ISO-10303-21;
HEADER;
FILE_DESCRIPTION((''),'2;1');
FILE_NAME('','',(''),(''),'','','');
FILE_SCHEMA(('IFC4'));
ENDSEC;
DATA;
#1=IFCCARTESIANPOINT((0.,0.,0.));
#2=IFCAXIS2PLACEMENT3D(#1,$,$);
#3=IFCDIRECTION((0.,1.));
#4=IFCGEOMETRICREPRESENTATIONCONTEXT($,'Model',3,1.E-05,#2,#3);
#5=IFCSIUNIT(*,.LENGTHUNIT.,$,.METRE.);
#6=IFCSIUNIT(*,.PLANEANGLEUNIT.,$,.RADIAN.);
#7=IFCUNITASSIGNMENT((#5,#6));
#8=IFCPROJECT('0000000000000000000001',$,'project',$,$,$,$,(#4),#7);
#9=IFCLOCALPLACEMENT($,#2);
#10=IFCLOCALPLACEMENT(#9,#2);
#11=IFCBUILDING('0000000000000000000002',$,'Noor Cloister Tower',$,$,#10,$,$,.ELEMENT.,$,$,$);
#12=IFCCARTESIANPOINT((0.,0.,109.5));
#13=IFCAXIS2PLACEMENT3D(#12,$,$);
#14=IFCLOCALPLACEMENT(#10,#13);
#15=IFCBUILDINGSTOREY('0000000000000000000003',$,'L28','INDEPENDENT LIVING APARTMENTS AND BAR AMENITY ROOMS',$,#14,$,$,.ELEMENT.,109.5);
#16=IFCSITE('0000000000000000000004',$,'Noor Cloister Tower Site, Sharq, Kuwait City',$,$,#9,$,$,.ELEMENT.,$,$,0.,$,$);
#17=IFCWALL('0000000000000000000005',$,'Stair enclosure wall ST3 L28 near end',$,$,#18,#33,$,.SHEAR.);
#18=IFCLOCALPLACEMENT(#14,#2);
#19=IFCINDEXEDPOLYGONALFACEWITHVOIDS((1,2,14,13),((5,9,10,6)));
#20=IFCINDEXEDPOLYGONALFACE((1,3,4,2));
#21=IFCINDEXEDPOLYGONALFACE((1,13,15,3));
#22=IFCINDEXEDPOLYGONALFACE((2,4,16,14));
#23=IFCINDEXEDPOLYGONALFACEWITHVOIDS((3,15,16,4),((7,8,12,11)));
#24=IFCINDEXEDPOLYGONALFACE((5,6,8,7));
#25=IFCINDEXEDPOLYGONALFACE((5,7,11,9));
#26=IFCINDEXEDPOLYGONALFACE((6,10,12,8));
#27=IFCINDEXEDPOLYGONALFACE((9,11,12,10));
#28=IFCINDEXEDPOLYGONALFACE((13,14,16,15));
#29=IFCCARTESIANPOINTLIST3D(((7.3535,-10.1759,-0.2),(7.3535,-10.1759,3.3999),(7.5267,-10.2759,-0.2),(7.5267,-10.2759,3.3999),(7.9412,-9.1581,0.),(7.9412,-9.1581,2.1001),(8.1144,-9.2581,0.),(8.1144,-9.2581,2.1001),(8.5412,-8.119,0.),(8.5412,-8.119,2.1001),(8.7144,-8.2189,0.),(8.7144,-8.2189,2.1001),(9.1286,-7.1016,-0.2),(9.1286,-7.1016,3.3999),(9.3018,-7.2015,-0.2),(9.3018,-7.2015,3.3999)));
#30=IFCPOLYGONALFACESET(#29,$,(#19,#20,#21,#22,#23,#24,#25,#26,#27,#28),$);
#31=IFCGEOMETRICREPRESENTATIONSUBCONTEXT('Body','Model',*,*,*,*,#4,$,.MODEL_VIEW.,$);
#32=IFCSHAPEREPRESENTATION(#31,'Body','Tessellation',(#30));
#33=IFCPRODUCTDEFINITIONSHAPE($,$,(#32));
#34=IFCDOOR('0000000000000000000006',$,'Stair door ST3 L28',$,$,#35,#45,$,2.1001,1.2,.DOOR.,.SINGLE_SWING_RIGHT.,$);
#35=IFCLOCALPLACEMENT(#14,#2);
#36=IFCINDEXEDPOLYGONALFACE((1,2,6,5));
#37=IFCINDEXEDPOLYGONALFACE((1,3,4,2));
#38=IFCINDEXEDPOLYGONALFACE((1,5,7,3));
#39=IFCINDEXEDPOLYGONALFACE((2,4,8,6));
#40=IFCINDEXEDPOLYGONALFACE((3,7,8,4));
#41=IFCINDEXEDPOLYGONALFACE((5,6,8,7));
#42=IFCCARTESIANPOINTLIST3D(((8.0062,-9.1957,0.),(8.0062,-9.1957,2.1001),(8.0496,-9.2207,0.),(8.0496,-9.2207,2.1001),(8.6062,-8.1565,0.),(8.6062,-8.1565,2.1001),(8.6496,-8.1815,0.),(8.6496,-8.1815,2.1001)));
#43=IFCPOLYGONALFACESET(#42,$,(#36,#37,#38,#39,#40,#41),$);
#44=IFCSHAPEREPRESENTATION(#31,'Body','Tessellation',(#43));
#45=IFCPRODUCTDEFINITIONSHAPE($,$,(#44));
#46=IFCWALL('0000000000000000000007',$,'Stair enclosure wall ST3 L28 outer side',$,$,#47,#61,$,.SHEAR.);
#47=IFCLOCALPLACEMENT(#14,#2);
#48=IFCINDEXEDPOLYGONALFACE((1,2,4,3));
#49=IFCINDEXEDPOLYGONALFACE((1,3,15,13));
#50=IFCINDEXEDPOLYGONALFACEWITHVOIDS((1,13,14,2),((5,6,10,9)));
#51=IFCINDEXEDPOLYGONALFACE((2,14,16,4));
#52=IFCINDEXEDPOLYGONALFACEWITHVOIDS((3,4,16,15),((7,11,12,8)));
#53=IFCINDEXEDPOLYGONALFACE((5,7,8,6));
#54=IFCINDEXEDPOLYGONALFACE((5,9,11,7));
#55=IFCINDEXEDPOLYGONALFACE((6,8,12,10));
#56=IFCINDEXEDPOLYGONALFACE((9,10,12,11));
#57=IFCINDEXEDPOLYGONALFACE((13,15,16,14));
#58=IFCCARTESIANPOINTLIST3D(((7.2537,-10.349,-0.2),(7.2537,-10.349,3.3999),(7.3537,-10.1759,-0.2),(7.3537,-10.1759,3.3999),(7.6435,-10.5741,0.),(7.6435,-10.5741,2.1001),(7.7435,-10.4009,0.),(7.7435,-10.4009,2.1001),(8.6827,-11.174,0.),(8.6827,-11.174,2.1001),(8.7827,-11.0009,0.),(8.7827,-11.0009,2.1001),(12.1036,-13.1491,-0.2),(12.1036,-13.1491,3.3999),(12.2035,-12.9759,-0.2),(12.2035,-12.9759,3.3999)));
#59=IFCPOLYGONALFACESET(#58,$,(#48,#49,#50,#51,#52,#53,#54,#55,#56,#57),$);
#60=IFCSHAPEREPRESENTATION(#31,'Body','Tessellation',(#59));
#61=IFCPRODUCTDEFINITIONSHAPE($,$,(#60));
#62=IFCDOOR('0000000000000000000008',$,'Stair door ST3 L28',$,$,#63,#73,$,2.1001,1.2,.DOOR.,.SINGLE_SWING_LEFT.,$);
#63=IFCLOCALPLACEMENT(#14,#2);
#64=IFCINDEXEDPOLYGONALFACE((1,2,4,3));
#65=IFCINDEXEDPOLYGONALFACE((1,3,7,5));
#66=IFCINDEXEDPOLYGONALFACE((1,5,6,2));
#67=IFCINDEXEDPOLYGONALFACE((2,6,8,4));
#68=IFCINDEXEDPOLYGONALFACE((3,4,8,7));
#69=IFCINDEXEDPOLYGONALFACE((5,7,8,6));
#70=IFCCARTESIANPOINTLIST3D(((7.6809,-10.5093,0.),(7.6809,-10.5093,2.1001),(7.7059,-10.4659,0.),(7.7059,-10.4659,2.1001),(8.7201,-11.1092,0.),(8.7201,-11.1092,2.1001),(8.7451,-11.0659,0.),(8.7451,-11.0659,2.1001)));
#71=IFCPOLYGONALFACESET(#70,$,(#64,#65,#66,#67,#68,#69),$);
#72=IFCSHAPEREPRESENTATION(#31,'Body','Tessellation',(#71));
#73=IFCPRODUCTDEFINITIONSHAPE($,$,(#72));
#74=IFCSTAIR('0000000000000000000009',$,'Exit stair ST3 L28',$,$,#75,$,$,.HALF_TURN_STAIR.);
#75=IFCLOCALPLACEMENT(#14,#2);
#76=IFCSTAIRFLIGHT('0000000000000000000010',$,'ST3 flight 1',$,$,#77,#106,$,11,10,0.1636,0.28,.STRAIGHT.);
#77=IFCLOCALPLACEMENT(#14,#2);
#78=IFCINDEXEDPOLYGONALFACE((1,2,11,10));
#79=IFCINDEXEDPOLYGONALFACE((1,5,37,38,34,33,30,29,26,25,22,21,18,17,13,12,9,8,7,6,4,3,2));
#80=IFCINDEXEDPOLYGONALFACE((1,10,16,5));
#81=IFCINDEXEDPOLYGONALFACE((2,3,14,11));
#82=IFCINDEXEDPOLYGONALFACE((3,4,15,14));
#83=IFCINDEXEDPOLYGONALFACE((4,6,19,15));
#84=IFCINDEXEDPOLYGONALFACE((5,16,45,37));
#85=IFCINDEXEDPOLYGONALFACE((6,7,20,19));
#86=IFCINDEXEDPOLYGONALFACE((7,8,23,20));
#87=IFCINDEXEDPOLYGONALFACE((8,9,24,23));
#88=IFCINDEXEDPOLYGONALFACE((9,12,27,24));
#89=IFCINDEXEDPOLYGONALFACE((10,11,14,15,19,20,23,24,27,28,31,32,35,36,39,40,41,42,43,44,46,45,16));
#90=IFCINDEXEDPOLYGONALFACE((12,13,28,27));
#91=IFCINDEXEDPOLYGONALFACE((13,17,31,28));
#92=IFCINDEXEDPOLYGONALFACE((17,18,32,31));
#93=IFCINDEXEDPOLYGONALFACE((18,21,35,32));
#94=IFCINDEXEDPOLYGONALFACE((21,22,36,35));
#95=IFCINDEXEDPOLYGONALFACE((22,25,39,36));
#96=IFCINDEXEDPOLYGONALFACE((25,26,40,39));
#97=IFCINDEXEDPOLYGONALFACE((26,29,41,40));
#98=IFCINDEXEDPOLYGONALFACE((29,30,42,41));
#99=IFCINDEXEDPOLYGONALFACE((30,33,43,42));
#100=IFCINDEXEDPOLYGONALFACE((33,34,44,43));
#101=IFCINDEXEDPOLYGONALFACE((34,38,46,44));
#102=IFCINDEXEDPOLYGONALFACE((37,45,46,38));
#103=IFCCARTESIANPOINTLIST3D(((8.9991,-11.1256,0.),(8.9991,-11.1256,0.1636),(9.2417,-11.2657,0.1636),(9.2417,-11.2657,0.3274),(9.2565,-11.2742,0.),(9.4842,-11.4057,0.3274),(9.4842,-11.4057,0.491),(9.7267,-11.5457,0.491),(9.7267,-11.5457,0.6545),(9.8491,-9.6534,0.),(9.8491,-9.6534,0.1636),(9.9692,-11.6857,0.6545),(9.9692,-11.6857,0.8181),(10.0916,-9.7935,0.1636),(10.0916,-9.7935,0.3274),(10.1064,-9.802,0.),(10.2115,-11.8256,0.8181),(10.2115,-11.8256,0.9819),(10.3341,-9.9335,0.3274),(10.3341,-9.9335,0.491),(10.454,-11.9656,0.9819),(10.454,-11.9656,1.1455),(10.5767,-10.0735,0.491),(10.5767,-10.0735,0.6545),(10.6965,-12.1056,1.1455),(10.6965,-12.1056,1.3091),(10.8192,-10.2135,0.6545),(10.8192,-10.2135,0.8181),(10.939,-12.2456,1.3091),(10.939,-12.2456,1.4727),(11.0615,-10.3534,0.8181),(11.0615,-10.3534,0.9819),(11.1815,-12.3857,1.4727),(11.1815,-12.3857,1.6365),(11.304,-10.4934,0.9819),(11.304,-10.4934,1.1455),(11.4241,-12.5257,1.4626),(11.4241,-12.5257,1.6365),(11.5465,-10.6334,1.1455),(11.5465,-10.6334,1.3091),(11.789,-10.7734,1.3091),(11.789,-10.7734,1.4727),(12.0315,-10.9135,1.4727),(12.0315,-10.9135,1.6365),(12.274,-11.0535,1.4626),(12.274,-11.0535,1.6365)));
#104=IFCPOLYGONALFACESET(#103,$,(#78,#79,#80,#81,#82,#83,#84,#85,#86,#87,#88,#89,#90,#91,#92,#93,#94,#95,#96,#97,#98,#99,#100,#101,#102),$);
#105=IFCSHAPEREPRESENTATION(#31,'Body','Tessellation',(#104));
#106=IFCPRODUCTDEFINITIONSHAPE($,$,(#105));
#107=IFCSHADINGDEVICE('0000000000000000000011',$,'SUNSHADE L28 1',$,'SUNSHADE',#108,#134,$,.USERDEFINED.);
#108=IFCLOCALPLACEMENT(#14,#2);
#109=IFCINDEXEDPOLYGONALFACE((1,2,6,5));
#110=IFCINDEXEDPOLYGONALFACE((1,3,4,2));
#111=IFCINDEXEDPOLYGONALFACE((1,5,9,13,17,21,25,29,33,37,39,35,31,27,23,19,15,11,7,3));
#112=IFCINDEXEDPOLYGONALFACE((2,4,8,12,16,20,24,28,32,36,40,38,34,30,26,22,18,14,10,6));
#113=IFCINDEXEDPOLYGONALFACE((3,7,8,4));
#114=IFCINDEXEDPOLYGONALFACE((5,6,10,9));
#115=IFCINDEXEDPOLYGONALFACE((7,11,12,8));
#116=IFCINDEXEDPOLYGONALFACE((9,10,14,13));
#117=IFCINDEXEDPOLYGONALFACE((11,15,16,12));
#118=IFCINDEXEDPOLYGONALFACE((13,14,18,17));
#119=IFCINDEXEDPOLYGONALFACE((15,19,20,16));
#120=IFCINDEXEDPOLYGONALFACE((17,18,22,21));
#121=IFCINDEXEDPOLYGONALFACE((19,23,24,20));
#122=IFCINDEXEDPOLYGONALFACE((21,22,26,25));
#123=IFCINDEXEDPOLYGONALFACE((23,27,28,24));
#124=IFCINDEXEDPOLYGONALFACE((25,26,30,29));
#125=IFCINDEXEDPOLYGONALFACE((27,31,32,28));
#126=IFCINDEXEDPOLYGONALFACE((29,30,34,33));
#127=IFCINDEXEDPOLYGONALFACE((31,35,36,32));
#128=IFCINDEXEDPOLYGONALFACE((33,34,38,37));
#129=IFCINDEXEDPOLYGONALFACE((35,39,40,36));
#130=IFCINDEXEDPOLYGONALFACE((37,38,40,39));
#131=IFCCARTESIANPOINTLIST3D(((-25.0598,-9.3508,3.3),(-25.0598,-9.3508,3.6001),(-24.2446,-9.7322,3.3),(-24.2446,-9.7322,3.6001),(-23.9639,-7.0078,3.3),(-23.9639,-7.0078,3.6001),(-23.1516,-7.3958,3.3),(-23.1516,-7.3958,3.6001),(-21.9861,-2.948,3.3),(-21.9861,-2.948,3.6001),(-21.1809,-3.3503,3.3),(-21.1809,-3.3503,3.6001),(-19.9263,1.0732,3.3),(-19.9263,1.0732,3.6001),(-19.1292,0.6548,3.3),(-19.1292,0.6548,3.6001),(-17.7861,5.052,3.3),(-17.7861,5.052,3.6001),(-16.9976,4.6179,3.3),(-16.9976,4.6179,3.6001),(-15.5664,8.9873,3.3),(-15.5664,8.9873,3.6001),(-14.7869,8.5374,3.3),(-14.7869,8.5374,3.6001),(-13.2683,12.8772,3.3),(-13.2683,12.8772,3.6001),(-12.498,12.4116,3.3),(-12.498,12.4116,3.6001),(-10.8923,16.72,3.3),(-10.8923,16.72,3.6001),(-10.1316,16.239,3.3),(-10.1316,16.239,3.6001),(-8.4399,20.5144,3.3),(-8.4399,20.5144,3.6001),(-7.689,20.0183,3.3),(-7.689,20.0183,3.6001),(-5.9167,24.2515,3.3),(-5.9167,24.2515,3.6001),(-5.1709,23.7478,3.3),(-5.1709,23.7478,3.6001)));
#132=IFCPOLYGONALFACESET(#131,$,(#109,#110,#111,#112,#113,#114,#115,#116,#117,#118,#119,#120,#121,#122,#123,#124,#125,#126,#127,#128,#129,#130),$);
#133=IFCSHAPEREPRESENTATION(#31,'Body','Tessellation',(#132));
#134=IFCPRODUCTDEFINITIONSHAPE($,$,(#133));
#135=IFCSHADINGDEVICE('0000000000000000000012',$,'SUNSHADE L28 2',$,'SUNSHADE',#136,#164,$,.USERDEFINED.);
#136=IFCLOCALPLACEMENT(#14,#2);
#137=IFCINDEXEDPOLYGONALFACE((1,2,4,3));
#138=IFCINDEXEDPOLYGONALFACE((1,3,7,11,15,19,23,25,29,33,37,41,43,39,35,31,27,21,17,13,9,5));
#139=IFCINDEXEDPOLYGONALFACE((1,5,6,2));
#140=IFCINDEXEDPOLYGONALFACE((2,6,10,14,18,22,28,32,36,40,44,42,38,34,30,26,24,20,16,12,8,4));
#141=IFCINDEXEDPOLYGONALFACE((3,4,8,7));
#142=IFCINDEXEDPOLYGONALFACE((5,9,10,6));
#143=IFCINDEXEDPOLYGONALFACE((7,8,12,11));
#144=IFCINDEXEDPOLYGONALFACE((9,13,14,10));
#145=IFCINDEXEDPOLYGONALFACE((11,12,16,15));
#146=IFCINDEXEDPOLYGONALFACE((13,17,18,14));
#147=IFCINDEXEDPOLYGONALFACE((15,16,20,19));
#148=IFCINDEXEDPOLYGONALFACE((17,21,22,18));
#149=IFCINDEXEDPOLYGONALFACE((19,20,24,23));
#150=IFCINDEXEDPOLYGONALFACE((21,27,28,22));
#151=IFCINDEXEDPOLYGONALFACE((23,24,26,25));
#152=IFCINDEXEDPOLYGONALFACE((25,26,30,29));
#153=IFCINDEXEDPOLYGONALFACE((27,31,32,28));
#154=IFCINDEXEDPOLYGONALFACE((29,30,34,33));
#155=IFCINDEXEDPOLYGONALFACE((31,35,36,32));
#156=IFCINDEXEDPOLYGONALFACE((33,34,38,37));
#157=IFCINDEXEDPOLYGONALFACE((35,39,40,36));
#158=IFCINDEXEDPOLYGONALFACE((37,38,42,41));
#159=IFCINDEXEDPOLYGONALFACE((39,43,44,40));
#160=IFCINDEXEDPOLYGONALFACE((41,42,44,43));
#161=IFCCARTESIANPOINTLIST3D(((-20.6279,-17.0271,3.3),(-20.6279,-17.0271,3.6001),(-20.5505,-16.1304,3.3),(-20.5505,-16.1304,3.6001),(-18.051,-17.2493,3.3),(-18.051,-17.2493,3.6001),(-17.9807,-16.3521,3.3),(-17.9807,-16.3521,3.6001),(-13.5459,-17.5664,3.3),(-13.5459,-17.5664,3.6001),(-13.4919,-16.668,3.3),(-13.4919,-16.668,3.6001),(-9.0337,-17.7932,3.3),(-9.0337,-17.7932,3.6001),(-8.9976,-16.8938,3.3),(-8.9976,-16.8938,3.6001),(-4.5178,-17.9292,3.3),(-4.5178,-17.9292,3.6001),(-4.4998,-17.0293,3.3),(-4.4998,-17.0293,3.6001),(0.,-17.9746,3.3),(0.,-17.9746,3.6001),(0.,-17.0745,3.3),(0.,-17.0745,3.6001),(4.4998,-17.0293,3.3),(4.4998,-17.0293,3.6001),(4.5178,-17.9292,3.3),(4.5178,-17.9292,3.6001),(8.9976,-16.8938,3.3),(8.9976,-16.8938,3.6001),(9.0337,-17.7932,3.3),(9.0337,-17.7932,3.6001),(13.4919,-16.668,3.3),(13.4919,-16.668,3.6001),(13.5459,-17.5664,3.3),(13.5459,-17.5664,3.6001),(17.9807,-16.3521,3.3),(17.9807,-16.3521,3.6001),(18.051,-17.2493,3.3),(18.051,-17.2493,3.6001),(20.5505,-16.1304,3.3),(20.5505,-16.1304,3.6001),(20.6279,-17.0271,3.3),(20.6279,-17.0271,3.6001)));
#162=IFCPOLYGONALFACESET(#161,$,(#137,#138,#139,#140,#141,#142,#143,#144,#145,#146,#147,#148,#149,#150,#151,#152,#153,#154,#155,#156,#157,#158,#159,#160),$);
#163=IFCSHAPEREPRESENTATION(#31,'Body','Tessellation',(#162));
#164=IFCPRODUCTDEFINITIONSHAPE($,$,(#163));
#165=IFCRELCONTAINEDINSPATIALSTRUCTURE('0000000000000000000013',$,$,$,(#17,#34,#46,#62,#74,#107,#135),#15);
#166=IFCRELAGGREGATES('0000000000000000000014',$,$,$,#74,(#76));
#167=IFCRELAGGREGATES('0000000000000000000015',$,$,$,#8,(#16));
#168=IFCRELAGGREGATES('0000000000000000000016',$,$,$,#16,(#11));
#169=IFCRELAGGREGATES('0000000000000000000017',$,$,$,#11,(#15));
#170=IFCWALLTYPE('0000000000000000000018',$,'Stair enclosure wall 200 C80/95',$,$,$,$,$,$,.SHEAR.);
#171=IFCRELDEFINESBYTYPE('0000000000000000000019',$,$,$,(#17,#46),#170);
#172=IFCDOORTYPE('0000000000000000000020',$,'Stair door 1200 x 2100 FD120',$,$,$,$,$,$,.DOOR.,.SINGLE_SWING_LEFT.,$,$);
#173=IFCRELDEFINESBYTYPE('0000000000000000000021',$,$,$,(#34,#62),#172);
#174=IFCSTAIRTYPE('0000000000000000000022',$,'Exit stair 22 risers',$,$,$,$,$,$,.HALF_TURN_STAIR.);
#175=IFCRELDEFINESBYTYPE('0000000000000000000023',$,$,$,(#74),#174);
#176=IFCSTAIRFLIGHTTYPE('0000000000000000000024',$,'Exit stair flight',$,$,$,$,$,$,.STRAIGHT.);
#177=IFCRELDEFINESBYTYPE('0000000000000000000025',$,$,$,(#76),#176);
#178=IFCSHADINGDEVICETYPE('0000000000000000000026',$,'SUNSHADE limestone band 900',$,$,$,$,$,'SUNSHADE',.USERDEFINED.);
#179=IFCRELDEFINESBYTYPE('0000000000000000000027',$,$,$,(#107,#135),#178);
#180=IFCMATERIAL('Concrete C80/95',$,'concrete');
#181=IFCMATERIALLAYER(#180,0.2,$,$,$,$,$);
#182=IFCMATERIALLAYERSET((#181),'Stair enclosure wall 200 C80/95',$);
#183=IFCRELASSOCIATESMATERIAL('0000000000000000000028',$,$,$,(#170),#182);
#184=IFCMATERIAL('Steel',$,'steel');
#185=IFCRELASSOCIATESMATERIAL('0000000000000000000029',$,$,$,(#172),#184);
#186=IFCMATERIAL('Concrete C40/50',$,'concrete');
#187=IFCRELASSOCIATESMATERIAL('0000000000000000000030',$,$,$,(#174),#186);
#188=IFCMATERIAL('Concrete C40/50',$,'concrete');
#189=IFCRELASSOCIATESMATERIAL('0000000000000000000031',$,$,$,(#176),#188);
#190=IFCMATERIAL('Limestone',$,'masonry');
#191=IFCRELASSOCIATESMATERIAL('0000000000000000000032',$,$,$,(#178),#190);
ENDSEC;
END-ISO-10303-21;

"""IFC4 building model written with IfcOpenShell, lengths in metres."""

from ifc_helpers import new_model, si_unit, direction, frame, frame_2d, origin, place, context, subcontext, project, spatial, polyline, rectangle, outline, extrude, material, layer, layer_set, type_object, element, fill, aggregate, save


model = new_model("IFC4")

# Units and contexts
model_context = context("Model", 3, precision=1e-05, world=origin(), true_north=direction((0.0, 1.0)))
body_context = subcontext(model_context, "Body", "Model", "MODEL_VIEW")
ifc_project = project(units=[si_unit("LENGTHUNIT", "METRE"), si_unit("PLANEANGLEUNIT", "RADIAN")], contexts=[model_context])

# Site, building, storey
site_placement = place(None, origin())
site = spatial("IfcSite", under=ifc_project, at=site_placement, Name="Noor Cloister Tower Site, Sharq, Kuwait City", CompositionType="ELEMENT", RefElevation=0.0)
building_placement = place(site_placement, origin())
building = spatial("IfcBuilding", under=site, at=building_placement, Name="Noor Cloister Tower", CompositionType="ELEMENT")
storey_placement = place(building_placement, frame((0.0, 0.0, 109.5)))
storey = spatial("IfcBuildingStorey", under=building, at=storey_placement, Name="L28", Description="INDEPENDENT LIVING APARTMENTS AND BAR AMENITY ROOMS", CompositionType="ELEMENT", Elevation=109.5)

# Walls, openings, doors
ifc_material_1 = material(Name="Concrete C80/95", Category="concrete")
ifc_layer_1 = layer(ifc_material_1, 0.2)
ifc_layer_set_1 = layer_set([ifc_layer_1], Name="Stair enclosure wall 200 C80/95")
wall_type_1 = type_object("IfcWallType", Name="Stair enclosure wall 200 C80/95", PredefinedType="SHEAR", material=ifc_layer_set_1)
wall_1_placement = place(storey_placement, frame((7.4402, -10.2258, -0.2), z_axis=(0.0, 0.0, 1.0), x_axis=(0.500022, 0.866013, 0.0)))
wall_1 = element("IfcWall", 1, at=wall_1_placement, inside=storey, type_object=wall_type_1, Name="Stair enclosure wall ST3 L28 near end", PredefinedType="SHEAR", context=body_context, shape_type="SweptSolid", body=[
    extrude(rectangle(XDim=3.55, YDim=0.2, at=frame_2d((1.7749, 0.0))), origin(), (0.0, 0.0, 1.0), 3.5999),
])
opening_1_placement = place(wall_1_placement, frame((1.175, 0.0, 0.2)))
opening_1 = element("IfcOpeningElement", 2, at=opening_1_placement, cuts=wall_1, PredefinedType="OPENING", context=body_context, shape_type="SweptSolid", body=[
    extrude(rectangle(XDim=1.2, YDim=2.1001, at=frame_2d((0.6001, 1.05))), frame((0.0, 0.1099, 0.0), z_axis=(0.0, -1.0, 0.0), x_axis=(1.0, 0.0, 0.0)), (0.0, 0.0, 1.0), 0.22),
])
ifc_material_2 = material(Name="Steel", Category="steel")
door_type_1 = type_object("IfcDoorType", Name="Stair door 1200 x 2100 FD120", OperationType="SINGLE_SWING_LEFT", PredefinedType="DOOR", material=ifc_material_2)
door_1_placement = place(opening_1_placement, origin())
door_1 = element("IfcDoor", 3, at=door_1_placement, inside=storey, type_object=door_type_1, Name="Stair door ST3 L28", OperationType="SINGLE_SWING_RIGHT", OverallHeight=2.1001, OverallWidth=1.2, PredefinedType="DOOR", context=body_context, shape_type="SweptSolid", body=[
    extrude(rectangle(XDim=1.2, YDim=2.1001, at=frame_2d((0.6001, 1.05))), frame((0.0, 0.0249, 0.0), z_axis=(0.0, -1.0, 0.0), x_axis=(1.0, 0.0, 0.0)), (0.0, 0.0, 1.0), 0.05),
])
fill(opening_1, door_1)
wall_2_placement = place(storey_placement, frame((7.3037, -10.2625, -0.2), z_axis=(0.0, 0.0, 1.0), x_axis=(0.866027, -0.499998, 0.0)))
wall_2 = element("IfcWall", 4, at=wall_2_placement, inside=storey, type_object=wall_type_1, Name="Stair enclosure wall ST3 L28 outer side", PredefinedType="SHEAR", context=body_context, shape_type="SweptSolid", body=[
    extrude(rectangle(XDim=5.6001, YDim=0.2, at=frame_2d((2.8, 0.0))), origin(), (0.0, 0.0, 1.0), 3.5999),
])
opening_2_placement = place(wall_2_placement, frame((0.45, 0.0, 0.2)))
opening_2 = element("IfcOpeningElement", 5, at=opening_2_placement, cuts=wall_2, PredefinedType="OPENING", context=body_context, shape_type="SweptSolid", body=[
    extrude(rectangle(XDim=1.2, YDim=2.1001, at=frame_2d((0.6001, 1.05))), frame((0.0, 0.1099, 0.0), z_axis=(0.0, -1.0, 0.0), x_axis=(1.0, 0.0, 0.0)), (0.0, 0.0, 1.0), 0.22),
])
door_2_placement = place(opening_2_placement, origin())
door_2 = element("IfcDoor", 6, at=door_2_placement, inside=storey, type_object=door_type_1, Name="Stair door ST3 L28", OperationType="SINGLE_SWING_LEFT", OverallHeight=2.1001, OverallWidth=1.2, PredefinedType="DOOR", context=body_context, shape_type="SweptSolid", body=[
    extrude(rectangle(XDim=1.2, YDim=2.1001, at=frame_2d((0.6001, 1.05))), frame((0.0, 0.0249, 0.0), z_axis=(0.0, -1.0, 0.0), x_axis=(1.0, 0.0, 0.0)), (0.0, 0.0, 1.0), 0.05),
])
fill(opening_2, door_2)

# Stair, stair flight
ifc_material_3 = material(Name="Concrete C40/50", Category="concrete")
stair_type = type_object("IfcStairType", Name="Exit stair 22 risers", PredefinedType="HALF_TURN_STAIR", material=ifc_material_3)
stair_placement = place(storey_placement, origin())
stair = element("IfcStair", 7, at=stair_placement, inside=storey, type_object=stair_type, Name="Exit stair ST3 L28", PredefinedType="HALF_TURN_STAIR")
ifc_material_4 = material(Name="Concrete C40/50", Category="concrete")
stair_flight_type = type_object("IfcStairFlightType", Name="Exit stair flight", PredefinedType="STRAIGHT", material=ifc_material_4)
stair_flight_placement = place(storey_placement, frame((9.4241, -10.3896, 0.0), z_axis=(0.0, 0.0, 1.0), x_axis=(0.866025, -0.5, 0.0)))
stair_flight = element("IfcStairFlight", 8, at=stair_flight_placement, type_object=stair_flight_type, Name="ST3 flight 1", NumberOfRisers=11, NumberOfTreads=10, PredefinedType="STRAIGHT", RiserHeight=0.1636, TreadLength=0.28, context=body_context, shape_type="SweptSolid", body=[
    extrude(outline(polyline([(0.0, 0.0), (0.0, 0.1636), (0.28, 0.1636), (0.28, 0.3274), (0.5601, 0.3274), (0.5601, 0.491), (0.8401, 0.491), (0.8401, 0.6545), (1.1201, 0.6545), (1.1201, 0.8181), (1.3999, 0.8181), (1.3999, 0.9819), (1.6799, 0.9819), (1.6799, 1.1455), (1.96, 1.1455), (1.96, 1.3091), (2.24, 1.3091), (2.24, 1.4727), (2.52, 1.4727), (2.52, 1.6365), (2.8, 1.6365), (2.8, 1.8), (2.8, 1.4626), (0.2971, 0.0), (0.0, 0.0)])), frame((0.0, 0.8501, 0.0), z_axis=(0.0, -1.0, 0.0), x_axis=(1.0, 0.0, 0.0)), (0.0, 0.0, 1.0), 1.7),
])
aggregate(stair, [stair_flight])

# Shading devices
ifc_material_5 = material(Name="Limestone", Category="masonry")
shading_device_type = type_object("IfcShadingDeviceType", Name="SUNSHADE limestone band 900", ElementType="SUNSHADE", PredefinedType="USERDEFINED", material=ifc_material_5)
shading_device_1_placement = place(storey_placement, frame((0.0, 0.0, 3.3)))
element("IfcShadingDevice", 9, at=shading_device_1_placement, inside=storey, type_object=shading_device_type, Name="SUNSHADE L28 1", ObjectType="SUNSHADE", PredefinedType="USERDEFINED", context=body_context, shape_type="SweptSolid", body=[
    extrude(outline(polyline([(-5.9167, 24.2515), (-8.4399, 20.5144), (-10.8923, 16.72), (-13.2683, 12.8772), (-15.5664, 8.9873), (-17.7861, 5.052), (-19.9263, 1.0732), (-21.9861, -2.948), (-23.9639, -7.0078), (-25.0598, -9.3508), (-24.2446, -9.7322), (-23.1516, -7.3958), (-21.1809, -3.3503), (-19.1292, 0.6548), (-16.9976, 4.6179), (-14.7869, 8.5374), (-12.498, 12.4116), (-10.1316, 16.239), (-7.689, 20.0183), (-5.1709, 23.7478), (-5.9167, 24.2515)])), origin(), (0.0, 0.0, 1.0), 0.3),
])
shading_device_2_placement = place(storey_placement, frame((0.0, 0.0, 3.3)))
element("IfcShadingDevice", 10, at=shading_device_2_placement, inside=storey, type_object=shading_device_type, Name="SUNSHADE L28 2", ObjectType="SUNSHADE", PredefinedType="USERDEFINED", context=body_context, shape_type="SweptSolid", body=[
    extrude(outline(polyline([(-20.6279, -17.0271), (-18.051, -17.2493), (-13.5459, -17.5664), (-9.0337, -17.7932), (-4.5178, -17.9292), (0.0, -17.9746), (4.5178, -17.9292), (9.0337, -17.7932), (13.5459, -17.5664), (18.051, -17.2493), (20.6279, -17.0271), (20.5505, -16.1304), (17.9807, -16.3521), (13.4919, -16.668), (8.9976, -16.8938), (4.4998, -17.0293), (0.0, -17.0745), (-4.4998, -17.0293), (-8.9976, -16.8938), (-13.4919, -16.668), (-17.9807, -16.3521), (-20.5505, -16.1304), (-20.6279, -17.0271)])), origin(), (0.0, 0.0, 1.0), 0.3),
])

save(model, "model.ifc")
